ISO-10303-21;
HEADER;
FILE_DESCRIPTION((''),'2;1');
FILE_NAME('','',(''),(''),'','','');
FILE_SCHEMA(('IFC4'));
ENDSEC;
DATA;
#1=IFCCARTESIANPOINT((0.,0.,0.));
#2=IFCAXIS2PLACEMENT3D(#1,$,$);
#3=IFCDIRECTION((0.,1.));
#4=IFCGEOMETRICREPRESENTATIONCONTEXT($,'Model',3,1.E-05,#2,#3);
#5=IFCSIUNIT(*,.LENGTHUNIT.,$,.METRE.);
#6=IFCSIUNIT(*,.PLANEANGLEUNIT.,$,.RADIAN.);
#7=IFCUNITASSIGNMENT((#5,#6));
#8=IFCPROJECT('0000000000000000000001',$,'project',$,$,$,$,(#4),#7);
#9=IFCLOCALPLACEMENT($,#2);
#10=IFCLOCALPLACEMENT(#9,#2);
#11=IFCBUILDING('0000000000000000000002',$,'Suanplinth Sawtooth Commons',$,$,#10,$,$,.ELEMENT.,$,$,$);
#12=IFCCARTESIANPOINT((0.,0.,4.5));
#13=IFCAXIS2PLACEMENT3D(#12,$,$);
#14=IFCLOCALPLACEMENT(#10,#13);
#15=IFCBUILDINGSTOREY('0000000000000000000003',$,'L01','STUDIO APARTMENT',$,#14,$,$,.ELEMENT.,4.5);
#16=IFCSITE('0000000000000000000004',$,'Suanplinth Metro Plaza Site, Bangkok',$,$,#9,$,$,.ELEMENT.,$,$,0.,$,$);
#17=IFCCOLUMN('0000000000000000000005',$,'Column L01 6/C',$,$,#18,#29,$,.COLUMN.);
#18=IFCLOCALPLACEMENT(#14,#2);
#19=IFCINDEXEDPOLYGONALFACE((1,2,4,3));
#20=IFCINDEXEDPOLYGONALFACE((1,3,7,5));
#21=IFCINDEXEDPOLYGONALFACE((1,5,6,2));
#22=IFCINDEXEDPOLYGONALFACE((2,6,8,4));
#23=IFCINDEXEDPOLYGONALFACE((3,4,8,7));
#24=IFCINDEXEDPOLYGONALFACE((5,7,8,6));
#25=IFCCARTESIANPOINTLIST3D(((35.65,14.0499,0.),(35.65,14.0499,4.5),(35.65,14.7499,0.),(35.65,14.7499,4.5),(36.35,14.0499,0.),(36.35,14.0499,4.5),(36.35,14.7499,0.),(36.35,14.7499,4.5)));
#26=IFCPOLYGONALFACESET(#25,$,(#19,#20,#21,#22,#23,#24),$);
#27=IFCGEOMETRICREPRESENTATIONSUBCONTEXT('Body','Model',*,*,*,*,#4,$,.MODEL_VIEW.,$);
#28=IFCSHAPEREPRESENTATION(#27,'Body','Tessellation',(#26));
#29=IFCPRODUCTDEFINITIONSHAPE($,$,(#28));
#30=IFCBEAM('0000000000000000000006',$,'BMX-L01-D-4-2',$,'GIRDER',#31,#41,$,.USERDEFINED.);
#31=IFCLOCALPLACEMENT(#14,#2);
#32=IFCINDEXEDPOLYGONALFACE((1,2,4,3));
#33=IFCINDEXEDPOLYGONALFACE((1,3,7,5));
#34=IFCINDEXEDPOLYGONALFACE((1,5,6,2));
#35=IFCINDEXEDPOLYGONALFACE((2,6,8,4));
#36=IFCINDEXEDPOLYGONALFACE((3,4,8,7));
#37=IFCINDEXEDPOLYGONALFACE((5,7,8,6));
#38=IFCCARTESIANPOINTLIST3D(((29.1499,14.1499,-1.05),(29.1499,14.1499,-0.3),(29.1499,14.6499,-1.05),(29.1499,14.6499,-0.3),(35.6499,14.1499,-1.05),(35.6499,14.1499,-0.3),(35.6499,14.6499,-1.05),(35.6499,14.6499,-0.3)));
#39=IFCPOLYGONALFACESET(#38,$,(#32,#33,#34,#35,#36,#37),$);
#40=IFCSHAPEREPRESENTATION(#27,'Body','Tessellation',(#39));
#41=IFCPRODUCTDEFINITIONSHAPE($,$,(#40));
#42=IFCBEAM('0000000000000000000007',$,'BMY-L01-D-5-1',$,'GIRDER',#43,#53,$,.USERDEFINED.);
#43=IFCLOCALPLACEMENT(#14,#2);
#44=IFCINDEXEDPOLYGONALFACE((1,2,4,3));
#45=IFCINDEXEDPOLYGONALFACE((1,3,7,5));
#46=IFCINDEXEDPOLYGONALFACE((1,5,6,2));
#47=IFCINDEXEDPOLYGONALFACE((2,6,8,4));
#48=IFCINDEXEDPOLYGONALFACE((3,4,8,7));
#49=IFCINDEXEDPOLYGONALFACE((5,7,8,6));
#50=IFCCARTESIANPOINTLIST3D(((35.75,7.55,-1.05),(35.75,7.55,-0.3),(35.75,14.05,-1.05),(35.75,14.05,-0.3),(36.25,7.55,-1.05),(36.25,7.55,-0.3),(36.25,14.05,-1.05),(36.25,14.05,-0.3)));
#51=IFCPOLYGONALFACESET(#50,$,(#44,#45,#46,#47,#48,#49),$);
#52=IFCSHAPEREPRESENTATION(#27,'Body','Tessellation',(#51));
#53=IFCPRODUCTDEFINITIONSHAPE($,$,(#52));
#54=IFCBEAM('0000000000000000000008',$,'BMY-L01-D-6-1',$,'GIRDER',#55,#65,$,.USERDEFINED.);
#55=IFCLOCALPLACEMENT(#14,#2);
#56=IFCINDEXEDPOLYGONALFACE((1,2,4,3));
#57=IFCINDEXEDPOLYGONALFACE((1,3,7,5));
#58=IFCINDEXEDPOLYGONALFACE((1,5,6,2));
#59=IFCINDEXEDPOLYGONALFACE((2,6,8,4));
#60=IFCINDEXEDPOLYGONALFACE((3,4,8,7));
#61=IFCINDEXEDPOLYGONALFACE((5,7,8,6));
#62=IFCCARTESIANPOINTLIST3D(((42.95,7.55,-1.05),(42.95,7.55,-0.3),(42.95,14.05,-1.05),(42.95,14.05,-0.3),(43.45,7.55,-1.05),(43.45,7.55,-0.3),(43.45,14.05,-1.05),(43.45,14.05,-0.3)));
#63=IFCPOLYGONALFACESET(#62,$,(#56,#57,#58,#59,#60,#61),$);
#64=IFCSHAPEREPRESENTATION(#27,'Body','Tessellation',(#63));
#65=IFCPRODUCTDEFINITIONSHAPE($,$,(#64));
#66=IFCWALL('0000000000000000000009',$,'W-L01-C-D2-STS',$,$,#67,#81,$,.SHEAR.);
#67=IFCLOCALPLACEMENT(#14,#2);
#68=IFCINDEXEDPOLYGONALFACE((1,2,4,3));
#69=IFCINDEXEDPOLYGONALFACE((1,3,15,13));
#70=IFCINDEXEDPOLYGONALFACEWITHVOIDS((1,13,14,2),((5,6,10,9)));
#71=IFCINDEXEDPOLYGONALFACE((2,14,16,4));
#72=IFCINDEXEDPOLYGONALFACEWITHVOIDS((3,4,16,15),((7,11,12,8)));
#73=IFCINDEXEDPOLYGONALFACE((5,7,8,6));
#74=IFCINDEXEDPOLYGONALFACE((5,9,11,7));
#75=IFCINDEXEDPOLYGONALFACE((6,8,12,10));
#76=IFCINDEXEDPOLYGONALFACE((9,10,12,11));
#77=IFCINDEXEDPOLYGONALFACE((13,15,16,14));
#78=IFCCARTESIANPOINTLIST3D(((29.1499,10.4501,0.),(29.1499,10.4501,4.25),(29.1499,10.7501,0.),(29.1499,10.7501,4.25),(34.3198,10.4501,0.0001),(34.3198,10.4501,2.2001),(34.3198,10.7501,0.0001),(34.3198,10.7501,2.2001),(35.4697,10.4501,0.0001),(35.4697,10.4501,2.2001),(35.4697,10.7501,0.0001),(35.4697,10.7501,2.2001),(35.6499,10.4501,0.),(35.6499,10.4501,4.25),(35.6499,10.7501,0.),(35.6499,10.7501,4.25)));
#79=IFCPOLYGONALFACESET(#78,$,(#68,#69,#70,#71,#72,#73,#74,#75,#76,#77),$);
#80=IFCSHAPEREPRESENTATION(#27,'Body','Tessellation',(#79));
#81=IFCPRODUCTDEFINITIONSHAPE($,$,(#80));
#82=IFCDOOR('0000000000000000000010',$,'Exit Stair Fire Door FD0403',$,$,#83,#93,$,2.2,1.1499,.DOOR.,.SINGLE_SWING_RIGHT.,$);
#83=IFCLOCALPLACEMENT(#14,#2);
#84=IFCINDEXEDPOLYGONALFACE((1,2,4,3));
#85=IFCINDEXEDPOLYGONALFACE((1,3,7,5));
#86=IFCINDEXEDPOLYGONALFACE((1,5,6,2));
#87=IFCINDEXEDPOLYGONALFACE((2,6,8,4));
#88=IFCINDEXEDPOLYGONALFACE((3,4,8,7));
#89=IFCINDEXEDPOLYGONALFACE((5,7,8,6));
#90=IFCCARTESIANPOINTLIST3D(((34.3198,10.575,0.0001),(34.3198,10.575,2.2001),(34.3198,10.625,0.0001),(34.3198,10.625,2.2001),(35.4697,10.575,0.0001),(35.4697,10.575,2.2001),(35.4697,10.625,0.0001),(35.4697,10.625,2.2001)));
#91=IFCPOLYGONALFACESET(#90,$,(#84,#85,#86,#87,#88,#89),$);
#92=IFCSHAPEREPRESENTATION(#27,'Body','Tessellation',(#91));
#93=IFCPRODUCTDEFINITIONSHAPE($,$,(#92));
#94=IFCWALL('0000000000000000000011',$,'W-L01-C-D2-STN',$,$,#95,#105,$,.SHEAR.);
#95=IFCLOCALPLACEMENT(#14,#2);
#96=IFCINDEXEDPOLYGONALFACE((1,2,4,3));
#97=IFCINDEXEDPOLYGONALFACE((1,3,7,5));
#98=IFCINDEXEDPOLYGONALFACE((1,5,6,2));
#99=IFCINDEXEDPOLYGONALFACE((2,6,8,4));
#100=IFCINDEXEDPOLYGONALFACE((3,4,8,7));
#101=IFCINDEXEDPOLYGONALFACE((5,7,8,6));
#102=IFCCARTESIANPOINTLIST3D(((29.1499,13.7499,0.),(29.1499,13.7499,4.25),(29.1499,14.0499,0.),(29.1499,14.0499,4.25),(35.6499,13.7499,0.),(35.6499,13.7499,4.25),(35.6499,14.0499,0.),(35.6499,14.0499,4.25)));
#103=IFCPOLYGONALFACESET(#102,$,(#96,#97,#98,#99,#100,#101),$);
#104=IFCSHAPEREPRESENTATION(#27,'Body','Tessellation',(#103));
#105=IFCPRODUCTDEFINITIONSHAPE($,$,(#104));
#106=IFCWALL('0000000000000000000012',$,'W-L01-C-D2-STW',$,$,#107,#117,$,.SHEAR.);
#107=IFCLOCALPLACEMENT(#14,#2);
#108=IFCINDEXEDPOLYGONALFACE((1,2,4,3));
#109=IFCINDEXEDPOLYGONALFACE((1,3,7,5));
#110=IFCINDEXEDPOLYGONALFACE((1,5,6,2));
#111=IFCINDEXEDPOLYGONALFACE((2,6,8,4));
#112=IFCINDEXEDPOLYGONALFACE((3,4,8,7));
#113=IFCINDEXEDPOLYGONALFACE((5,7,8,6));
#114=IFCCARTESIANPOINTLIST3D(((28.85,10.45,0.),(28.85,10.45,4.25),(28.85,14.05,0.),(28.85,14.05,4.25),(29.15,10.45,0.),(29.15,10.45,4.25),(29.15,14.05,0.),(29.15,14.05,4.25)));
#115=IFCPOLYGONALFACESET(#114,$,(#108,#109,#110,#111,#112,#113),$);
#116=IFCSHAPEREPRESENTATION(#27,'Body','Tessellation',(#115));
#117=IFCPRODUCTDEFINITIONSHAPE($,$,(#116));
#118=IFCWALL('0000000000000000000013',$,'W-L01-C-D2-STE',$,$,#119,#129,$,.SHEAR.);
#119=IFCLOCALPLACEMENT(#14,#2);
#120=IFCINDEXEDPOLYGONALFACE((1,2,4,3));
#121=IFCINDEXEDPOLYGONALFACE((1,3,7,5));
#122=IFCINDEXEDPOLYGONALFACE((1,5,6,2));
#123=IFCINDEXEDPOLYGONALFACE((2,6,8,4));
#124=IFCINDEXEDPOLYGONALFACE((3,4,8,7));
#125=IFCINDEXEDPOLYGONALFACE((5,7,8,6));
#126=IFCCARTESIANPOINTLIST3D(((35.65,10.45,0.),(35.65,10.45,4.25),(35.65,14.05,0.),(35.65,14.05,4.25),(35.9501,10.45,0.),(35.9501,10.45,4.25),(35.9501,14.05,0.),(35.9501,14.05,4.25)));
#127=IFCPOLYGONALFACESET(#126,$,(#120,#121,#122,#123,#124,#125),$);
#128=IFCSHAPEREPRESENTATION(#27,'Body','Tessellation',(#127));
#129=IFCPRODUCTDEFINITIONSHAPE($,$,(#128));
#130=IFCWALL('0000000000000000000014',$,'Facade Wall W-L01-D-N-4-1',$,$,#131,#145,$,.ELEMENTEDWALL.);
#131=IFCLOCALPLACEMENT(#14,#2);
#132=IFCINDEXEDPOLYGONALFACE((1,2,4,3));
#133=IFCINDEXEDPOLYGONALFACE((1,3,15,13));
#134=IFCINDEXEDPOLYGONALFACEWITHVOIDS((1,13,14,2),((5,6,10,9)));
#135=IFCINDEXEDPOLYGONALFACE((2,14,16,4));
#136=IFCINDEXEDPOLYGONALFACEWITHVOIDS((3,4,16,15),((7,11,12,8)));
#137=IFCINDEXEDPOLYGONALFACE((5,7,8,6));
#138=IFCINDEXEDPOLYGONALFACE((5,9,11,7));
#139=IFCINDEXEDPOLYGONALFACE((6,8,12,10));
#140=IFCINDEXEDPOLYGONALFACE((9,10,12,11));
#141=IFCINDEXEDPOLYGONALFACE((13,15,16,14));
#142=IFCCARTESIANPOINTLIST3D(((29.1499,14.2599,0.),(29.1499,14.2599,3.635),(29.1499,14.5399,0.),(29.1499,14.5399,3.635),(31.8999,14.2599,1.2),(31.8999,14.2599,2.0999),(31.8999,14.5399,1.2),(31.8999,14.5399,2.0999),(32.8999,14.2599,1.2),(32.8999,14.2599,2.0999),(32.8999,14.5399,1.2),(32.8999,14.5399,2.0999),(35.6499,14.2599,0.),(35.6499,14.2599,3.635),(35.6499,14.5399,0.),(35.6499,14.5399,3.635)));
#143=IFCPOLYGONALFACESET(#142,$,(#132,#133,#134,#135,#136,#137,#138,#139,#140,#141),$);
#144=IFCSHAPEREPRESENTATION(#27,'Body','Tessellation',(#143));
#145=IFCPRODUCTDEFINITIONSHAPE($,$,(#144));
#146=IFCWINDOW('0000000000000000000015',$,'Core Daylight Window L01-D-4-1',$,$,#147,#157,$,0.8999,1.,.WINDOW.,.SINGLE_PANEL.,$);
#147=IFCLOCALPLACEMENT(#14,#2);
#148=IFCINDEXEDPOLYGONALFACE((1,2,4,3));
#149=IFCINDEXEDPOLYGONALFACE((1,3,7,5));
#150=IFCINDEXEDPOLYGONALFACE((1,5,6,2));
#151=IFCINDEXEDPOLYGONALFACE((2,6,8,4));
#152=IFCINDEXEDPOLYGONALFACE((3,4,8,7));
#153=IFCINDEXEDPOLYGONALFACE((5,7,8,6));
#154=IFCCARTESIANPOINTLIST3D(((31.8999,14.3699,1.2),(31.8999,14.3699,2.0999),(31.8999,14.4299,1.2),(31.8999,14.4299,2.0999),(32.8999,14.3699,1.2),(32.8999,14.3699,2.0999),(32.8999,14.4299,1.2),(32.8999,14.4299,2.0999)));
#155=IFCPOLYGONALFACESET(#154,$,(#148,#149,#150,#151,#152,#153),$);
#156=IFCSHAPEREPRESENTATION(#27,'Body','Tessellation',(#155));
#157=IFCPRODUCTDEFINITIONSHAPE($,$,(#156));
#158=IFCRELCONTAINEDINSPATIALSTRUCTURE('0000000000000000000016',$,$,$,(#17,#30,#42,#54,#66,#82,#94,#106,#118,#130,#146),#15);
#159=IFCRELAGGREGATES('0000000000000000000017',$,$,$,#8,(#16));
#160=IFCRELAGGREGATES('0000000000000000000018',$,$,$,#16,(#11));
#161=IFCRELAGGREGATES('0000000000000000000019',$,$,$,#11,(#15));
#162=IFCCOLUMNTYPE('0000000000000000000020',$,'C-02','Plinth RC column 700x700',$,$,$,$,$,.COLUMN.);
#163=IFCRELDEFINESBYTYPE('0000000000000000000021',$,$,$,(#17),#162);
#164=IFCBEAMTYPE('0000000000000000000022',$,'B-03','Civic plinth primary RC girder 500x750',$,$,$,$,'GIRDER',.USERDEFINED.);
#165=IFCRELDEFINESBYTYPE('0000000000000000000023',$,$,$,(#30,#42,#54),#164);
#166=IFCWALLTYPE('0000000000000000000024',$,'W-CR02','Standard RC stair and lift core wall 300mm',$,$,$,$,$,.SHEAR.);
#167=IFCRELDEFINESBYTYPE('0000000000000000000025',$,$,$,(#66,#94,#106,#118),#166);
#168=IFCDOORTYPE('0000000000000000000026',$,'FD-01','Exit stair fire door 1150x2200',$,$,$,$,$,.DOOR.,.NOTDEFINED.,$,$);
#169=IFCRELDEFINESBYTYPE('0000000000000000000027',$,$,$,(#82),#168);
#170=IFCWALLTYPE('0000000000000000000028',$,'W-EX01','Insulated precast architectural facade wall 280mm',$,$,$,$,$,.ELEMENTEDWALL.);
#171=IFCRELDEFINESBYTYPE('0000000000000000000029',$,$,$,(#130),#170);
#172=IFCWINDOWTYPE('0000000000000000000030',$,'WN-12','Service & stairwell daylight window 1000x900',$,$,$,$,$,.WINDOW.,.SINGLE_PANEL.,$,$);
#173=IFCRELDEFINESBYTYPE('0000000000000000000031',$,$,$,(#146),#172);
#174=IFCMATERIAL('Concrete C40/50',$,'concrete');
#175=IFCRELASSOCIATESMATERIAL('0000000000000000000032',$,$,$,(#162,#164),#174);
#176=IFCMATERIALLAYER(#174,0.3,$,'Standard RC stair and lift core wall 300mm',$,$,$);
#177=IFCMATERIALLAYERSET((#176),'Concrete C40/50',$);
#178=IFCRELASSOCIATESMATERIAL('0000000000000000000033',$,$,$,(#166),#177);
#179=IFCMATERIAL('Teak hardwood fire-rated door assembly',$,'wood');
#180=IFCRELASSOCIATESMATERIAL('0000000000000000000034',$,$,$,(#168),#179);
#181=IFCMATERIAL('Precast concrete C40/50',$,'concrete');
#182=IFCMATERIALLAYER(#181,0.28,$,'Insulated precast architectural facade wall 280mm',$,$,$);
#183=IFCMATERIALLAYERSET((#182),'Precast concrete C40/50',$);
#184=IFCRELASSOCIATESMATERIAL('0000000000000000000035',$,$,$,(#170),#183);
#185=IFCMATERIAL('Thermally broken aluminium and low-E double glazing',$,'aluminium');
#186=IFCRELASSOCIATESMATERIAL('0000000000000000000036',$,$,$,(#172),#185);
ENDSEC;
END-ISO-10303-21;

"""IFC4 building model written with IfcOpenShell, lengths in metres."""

from ifc_helpers import new_model, si_unit, direction, frame, frame_2d, origin, origin_2d, place, context, subcontext, project, spatial, rectangle, extrude, material, layer, layer_set, material_profile, profile_set, type_object, element, fill, save


model = new_model("IFC4")

# Units and contexts
model_context = context("Model", 3, precision=1e-05, world=origin(), true_north=direction((0.0, 1.0)))
body_context = subcontext(model_context, "Body", "Model", "MODEL_VIEW")
ifc_project = project(units=[si_unit("LENGTHUNIT", "METRE"), si_unit("PLANEANGLEUNIT", "RADIAN")], contexts=[model_context])

# Site, building, storey
site_placement = place(None, origin())
site = spatial("IfcSite", under=ifc_project, at=site_placement, Name="Suanplinth Metro Plaza Site, Bangkok", CompositionType="ELEMENT", RefElevation=0.0)
building_placement = place(site_placement, origin())
building = spatial("IfcBuilding", under=site, at=building_placement, Name="Suanplinth Sawtooth Commons", CompositionType="ELEMENT")
storey_placement = place(building_placement, frame((0.0, 0.0, 4.5)))
storey = spatial("IfcBuildingStorey", under=building, at=storey_placement, Name="L01", Description="STUDIO APARTMENT", CompositionType="ELEMENT", Elevation=4.5)

# Column
ifc_material_1 = material(Name="Concrete C40/50", Category="concrete")
ifc_material_profile_1 = material_profile(ifc_material_1, rectangle(XDim=0.7, YDim=0.7, at=origin_2d()), Name="RC-COL 700x700")
ifc_profile_set_1 = profile_set([ifc_material_profile_1], Name="Concrete C40/50")
column_type = type_object("IfcColumnType", Name="C-02", Description="Plinth RC column 700x700", PredefinedType="COLUMN", material=ifc_profile_set_1)
column_placement = place(storey_placement, frame((36.0, 14.3999, 0.0), z_axis=(0.0, 0.0, 1.0), x_axis=(1.0, 0.0, 0.0)))
element("IfcColumn", 1, at=column_placement, inside=storey, type_object=column_type, Name="Column L01 6/C", PredefinedType="COLUMN", context=body_context, shape_type="SweptSolid", body=[
    extrude(rectangle(XDim=0.7, YDim=0.7, at=origin_2d()), origin(), (0.0, 0.0, 1.0), 4.5),
])

# Beams
ifc_material_profile_2 = material_profile(ifc_material_1, rectangle(XDim=0.5, YDim=0.75, at=origin_2d()), Name="RC-GDR 500x750")
ifc_profile_set_2 = profile_set([ifc_material_profile_2], Name="Concrete C40/50")
beam_type = type_object("IfcBeamType", Name="B-03", Description="Civic plinth primary RC girder 500x750", ElementType="GIRDER", PredefinedType="USERDEFINED", material=ifc_profile_set_2)
for number, where, z_axis, x_axis, name in (
    (2, (29.1499, 14.3999, -0.675), (1.0, 0.0, 0.0), (0.0, 1.0, 0.0), "BMX-L01-D-4-2"),
    (3, (36.0, 7.55, -0.675), (0.0, 1.0, 0.0), (-1.0, 0.0, 0.0), "BMY-L01-D-5-1"),
    (4, (43.2, 7.55, -0.675), (0.0, 1.0, 0.0), (-1.0, 0.0, 0.0), "BMY-L01-D-6-1"),
):
    element("IfcBeam", number, at=place(storey_placement, frame(where, z_axis=z_axis, x_axis=x_axis)), inside=storey, type_object=beam_type, Name=name, ObjectType="GIRDER", PredefinedType="USERDEFINED", context=body_context, shape_type="SweptSolid", body=[
        extrude(rectangle(XDim=0.5, YDim=0.75, at=origin_2d()), origin(), (0.0, 0.0, 1.0), 6.5),
    ])

# Wall, opening, door
ifc_layer_1 = layer(ifc_material_1, 0.3, Name="Standard RC stair and lift core wall 300mm")
ifc_layer_set_1 = layer_set([ifc_layer_1], Name="Concrete C40/50")
wall_type_1 = type_object("IfcWallType", Name="W-CR02", Description="Standard RC stair and lift core wall 300mm", PredefinedType="SHEAR", material=ifc_layer_set_1)
wall_1_placement = place(storey_placement, frame((29.1499, 10.6001, 0.0), z_axis=(0.0, 0.0, 1.0), x_axis=(1.0, 0.0, 0.0)))
wall_1 = element("IfcWall", 5, at=wall_1_placement, inside=storey, type_object=wall_type_1, Name="W-L01-C-D2-STS", PredefinedType="SHEAR", context=body_context, shape_type="SweptSolid", body=[
    extrude(rectangle(XDim=6.5, YDim=0.3, at=frame_2d((3.25, 0.0))), origin(), (0.0, 0.0, 1.0), 4.25),
])
opening_1_placement = place(wall_1_placement, frame((5.1699, 0.0, 0.0)))
opening_1 = element("IfcOpeningElement", 6, at=opening_1_placement, cuts=wall_1, PredefinedType="OPENING", context=body_context, shape_type="SweptSolid", body=[
    extrude(rectangle(XDim=1.1499, YDim=2.2, at=frame_2d((0.575, 1.1001))), frame((0.0, 0.165, 0.0), z_axis=(0.0, -1.0, 0.0), x_axis=(1.0, 0.0, 0.0)), (0.0, 0.0, 1.0), 0.3298),
])
ifc_material_2 = material(Name="Teak hardwood fire-rated door assembly", Category="wood")
door_type_1 = type_object("IfcDoorType", Name="FD-01", Description="Exit stair fire door 1150x2200", OperationType="NOTDEFINED", PredefinedType="DOOR", material=ifc_material_2)
door_1_placement = place(opening_1_placement, origin())
door_1 = element("IfcDoor", 7, at=door_1_placement, inside=storey, type_object=door_type_1, Name="Exit Stair Fire Door FD0403", OperationType="SINGLE_SWING_RIGHT", OverallHeight=2.2, OverallWidth=1.1499, PredefinedType="DOOR", context=body_context, shape_type="SweptSolid", body=[
    extrude(rectangle(XDim=1.1499, YDim=2.2, at=frame_2d((0.575, 1.1001))), frame((0.0, 0.0249, 0.0), z_axis=(0.0, -1.0, 0.0), x_axis=(1.0, 0.0, 0.0)), (0.0, 0.0, 1.0), 0.05),
])
fill(opening_1, door_1)

# Walls
wall_2_placement = place(storey_placement, frame((29.1499, 13.8999, 0.0), z_axis=(0.0, 0.0, 1.0), x_axis=(1.0, 0.0, 0.0)))
element("IfcWall", 8, at=wall_2_placement, inside=storey, type_object=wall_type_1, Name="W-L01-C-D2-STN", PredefinedType="SHEAR", context=body_context, shape_type="SweptSolid", body=[
    extrude(rectangle(XDim=6.5, YDim=0.3, at=frame_2d((3.25, 0.0))), origin(), (0.0, 0.0, 1.0), 4.25),
])
for number, where, z_axis, x_axis, name in (
    (9, (29.0, 10.45, 0.0), (0.0, 0.0, 1.0), (0.0, 1.0, 0.0), "W-L01-C-D2-STW"),
    (10, (35.8, 10.45, 0.0), (0.0, 0.0, 1.0), (0.0, 1.0, 0.0), "W-L01-C-D2-STE"),
):
    element("IfcWall", number, at=place(storey_placement, frame(where, z_axis=z_axis, x_axis=x_axis)), inside=storey, type_object=wall_type_1, Name=name, PredefinedType="SHEAR", context=body_context, shape_type="SweptSolid", body=[
        extrude(rectangle(XDim=3.6001, YDim=0.3, at=frame_2d((1.8, 0.0))), origin(), (0.0, 0.0, 1.0), 4.25),
    ])

# Wall, opening, window
ifc_material_3 = material(Name="Precast concrete C40/50", Category="concrete")
ifc_layer_2 = layer(ifc_material_3, 0.28, Name="Insulated precast architectural facade wall 280mm")
ifc_layer_set_2 = layer_set([ifc_layer_2], Name="Precast concrete C40/50")
wall_type_2 = type_object("IfcWallType", Name="W-EX01", Description="Insulated precast architectural facade wall 280mm", PredefinedType="ELEMENTEDWALL", material=ifc_layer_set_2)
wall_3_placement = place(storey_placement, frame((29.1499, 14.3999, 0.0), z_axis=(0.0, 0.0, 1.0), x_axis=(1.0, 0.0, 0.0)))
wall_3 = element("IfcWall", 11, at=wall_3_placement, inside=storey, type_object=wall_type_2, Name="Facade Wall W-L01-D-N-4-1", PredefinedType="ELEMENTEDWALL", context=body_context, shape_type="SweptSolid", body=[
    extrude(rectangle(XDim=6.5, YDim=0.28, at=frame_2d((3.25, 0.0))), origin(), (0.0, 0.0, 1.0), 3.635),
])
opening_2_placement = place(wall_3_placement, frame((2.75, 0.0, 1.2)))
opening_2 = element("IfcOpeningElement", 12, at=opening_2_placement, cuts=wall_3, PredefinedType="OPENING", context=body_context, shape_type="SweptSolid", body=[
    extrude(rectangle(XDim=1.0, YDim=0.8999, at=frame_2d((0.5, 0.45))), frame((0.0, 0.1548, 0.0), z_axis=(0.0, -1.0, 0.0), x_axis=(1.0, 0.0, 0.0)), (0.0, 0.0, 1.0), 0.3098),
])
ifc_material_4 = material(Name="Thermally broken aluminium and low-E double glazing", Category="aluminium")
window_type = type_object("IfcWindowType", Name="WN-12", Description="Service & stairwell daylight window 1000x900", PartitioningType="SINGLE_PANEL", PredefinedType="WINDOW", material=ifc_material_4)
window_placement = place(opening_2_placement, origin())
window = element("IfcWindow", 13, at=window_placement, inside=storey, type_object=window_type, Name="Core Daylight Window L01-D-4-1", OverallHeight=0.8999, OverallWidth=1.0, PartitioningType="SINGLE_PANEL", PredefinedType="WINDOW", context=body_context, shape_type="SweptSolid", body=[
    extrude(rectangle(XDim=1.0, YDim=0.8999, at=frame_2d((0.5, 0.45))), frame((0.0, 0.03, 0.0), z_axis=(0.0, -1.0, 0.0), x_axis=(1.0, 0.0, 0.0)), (0.0, 0.0, 1.0), 0.0601),
])
fill(opening_2, window)

save(model, "model.ifc")
